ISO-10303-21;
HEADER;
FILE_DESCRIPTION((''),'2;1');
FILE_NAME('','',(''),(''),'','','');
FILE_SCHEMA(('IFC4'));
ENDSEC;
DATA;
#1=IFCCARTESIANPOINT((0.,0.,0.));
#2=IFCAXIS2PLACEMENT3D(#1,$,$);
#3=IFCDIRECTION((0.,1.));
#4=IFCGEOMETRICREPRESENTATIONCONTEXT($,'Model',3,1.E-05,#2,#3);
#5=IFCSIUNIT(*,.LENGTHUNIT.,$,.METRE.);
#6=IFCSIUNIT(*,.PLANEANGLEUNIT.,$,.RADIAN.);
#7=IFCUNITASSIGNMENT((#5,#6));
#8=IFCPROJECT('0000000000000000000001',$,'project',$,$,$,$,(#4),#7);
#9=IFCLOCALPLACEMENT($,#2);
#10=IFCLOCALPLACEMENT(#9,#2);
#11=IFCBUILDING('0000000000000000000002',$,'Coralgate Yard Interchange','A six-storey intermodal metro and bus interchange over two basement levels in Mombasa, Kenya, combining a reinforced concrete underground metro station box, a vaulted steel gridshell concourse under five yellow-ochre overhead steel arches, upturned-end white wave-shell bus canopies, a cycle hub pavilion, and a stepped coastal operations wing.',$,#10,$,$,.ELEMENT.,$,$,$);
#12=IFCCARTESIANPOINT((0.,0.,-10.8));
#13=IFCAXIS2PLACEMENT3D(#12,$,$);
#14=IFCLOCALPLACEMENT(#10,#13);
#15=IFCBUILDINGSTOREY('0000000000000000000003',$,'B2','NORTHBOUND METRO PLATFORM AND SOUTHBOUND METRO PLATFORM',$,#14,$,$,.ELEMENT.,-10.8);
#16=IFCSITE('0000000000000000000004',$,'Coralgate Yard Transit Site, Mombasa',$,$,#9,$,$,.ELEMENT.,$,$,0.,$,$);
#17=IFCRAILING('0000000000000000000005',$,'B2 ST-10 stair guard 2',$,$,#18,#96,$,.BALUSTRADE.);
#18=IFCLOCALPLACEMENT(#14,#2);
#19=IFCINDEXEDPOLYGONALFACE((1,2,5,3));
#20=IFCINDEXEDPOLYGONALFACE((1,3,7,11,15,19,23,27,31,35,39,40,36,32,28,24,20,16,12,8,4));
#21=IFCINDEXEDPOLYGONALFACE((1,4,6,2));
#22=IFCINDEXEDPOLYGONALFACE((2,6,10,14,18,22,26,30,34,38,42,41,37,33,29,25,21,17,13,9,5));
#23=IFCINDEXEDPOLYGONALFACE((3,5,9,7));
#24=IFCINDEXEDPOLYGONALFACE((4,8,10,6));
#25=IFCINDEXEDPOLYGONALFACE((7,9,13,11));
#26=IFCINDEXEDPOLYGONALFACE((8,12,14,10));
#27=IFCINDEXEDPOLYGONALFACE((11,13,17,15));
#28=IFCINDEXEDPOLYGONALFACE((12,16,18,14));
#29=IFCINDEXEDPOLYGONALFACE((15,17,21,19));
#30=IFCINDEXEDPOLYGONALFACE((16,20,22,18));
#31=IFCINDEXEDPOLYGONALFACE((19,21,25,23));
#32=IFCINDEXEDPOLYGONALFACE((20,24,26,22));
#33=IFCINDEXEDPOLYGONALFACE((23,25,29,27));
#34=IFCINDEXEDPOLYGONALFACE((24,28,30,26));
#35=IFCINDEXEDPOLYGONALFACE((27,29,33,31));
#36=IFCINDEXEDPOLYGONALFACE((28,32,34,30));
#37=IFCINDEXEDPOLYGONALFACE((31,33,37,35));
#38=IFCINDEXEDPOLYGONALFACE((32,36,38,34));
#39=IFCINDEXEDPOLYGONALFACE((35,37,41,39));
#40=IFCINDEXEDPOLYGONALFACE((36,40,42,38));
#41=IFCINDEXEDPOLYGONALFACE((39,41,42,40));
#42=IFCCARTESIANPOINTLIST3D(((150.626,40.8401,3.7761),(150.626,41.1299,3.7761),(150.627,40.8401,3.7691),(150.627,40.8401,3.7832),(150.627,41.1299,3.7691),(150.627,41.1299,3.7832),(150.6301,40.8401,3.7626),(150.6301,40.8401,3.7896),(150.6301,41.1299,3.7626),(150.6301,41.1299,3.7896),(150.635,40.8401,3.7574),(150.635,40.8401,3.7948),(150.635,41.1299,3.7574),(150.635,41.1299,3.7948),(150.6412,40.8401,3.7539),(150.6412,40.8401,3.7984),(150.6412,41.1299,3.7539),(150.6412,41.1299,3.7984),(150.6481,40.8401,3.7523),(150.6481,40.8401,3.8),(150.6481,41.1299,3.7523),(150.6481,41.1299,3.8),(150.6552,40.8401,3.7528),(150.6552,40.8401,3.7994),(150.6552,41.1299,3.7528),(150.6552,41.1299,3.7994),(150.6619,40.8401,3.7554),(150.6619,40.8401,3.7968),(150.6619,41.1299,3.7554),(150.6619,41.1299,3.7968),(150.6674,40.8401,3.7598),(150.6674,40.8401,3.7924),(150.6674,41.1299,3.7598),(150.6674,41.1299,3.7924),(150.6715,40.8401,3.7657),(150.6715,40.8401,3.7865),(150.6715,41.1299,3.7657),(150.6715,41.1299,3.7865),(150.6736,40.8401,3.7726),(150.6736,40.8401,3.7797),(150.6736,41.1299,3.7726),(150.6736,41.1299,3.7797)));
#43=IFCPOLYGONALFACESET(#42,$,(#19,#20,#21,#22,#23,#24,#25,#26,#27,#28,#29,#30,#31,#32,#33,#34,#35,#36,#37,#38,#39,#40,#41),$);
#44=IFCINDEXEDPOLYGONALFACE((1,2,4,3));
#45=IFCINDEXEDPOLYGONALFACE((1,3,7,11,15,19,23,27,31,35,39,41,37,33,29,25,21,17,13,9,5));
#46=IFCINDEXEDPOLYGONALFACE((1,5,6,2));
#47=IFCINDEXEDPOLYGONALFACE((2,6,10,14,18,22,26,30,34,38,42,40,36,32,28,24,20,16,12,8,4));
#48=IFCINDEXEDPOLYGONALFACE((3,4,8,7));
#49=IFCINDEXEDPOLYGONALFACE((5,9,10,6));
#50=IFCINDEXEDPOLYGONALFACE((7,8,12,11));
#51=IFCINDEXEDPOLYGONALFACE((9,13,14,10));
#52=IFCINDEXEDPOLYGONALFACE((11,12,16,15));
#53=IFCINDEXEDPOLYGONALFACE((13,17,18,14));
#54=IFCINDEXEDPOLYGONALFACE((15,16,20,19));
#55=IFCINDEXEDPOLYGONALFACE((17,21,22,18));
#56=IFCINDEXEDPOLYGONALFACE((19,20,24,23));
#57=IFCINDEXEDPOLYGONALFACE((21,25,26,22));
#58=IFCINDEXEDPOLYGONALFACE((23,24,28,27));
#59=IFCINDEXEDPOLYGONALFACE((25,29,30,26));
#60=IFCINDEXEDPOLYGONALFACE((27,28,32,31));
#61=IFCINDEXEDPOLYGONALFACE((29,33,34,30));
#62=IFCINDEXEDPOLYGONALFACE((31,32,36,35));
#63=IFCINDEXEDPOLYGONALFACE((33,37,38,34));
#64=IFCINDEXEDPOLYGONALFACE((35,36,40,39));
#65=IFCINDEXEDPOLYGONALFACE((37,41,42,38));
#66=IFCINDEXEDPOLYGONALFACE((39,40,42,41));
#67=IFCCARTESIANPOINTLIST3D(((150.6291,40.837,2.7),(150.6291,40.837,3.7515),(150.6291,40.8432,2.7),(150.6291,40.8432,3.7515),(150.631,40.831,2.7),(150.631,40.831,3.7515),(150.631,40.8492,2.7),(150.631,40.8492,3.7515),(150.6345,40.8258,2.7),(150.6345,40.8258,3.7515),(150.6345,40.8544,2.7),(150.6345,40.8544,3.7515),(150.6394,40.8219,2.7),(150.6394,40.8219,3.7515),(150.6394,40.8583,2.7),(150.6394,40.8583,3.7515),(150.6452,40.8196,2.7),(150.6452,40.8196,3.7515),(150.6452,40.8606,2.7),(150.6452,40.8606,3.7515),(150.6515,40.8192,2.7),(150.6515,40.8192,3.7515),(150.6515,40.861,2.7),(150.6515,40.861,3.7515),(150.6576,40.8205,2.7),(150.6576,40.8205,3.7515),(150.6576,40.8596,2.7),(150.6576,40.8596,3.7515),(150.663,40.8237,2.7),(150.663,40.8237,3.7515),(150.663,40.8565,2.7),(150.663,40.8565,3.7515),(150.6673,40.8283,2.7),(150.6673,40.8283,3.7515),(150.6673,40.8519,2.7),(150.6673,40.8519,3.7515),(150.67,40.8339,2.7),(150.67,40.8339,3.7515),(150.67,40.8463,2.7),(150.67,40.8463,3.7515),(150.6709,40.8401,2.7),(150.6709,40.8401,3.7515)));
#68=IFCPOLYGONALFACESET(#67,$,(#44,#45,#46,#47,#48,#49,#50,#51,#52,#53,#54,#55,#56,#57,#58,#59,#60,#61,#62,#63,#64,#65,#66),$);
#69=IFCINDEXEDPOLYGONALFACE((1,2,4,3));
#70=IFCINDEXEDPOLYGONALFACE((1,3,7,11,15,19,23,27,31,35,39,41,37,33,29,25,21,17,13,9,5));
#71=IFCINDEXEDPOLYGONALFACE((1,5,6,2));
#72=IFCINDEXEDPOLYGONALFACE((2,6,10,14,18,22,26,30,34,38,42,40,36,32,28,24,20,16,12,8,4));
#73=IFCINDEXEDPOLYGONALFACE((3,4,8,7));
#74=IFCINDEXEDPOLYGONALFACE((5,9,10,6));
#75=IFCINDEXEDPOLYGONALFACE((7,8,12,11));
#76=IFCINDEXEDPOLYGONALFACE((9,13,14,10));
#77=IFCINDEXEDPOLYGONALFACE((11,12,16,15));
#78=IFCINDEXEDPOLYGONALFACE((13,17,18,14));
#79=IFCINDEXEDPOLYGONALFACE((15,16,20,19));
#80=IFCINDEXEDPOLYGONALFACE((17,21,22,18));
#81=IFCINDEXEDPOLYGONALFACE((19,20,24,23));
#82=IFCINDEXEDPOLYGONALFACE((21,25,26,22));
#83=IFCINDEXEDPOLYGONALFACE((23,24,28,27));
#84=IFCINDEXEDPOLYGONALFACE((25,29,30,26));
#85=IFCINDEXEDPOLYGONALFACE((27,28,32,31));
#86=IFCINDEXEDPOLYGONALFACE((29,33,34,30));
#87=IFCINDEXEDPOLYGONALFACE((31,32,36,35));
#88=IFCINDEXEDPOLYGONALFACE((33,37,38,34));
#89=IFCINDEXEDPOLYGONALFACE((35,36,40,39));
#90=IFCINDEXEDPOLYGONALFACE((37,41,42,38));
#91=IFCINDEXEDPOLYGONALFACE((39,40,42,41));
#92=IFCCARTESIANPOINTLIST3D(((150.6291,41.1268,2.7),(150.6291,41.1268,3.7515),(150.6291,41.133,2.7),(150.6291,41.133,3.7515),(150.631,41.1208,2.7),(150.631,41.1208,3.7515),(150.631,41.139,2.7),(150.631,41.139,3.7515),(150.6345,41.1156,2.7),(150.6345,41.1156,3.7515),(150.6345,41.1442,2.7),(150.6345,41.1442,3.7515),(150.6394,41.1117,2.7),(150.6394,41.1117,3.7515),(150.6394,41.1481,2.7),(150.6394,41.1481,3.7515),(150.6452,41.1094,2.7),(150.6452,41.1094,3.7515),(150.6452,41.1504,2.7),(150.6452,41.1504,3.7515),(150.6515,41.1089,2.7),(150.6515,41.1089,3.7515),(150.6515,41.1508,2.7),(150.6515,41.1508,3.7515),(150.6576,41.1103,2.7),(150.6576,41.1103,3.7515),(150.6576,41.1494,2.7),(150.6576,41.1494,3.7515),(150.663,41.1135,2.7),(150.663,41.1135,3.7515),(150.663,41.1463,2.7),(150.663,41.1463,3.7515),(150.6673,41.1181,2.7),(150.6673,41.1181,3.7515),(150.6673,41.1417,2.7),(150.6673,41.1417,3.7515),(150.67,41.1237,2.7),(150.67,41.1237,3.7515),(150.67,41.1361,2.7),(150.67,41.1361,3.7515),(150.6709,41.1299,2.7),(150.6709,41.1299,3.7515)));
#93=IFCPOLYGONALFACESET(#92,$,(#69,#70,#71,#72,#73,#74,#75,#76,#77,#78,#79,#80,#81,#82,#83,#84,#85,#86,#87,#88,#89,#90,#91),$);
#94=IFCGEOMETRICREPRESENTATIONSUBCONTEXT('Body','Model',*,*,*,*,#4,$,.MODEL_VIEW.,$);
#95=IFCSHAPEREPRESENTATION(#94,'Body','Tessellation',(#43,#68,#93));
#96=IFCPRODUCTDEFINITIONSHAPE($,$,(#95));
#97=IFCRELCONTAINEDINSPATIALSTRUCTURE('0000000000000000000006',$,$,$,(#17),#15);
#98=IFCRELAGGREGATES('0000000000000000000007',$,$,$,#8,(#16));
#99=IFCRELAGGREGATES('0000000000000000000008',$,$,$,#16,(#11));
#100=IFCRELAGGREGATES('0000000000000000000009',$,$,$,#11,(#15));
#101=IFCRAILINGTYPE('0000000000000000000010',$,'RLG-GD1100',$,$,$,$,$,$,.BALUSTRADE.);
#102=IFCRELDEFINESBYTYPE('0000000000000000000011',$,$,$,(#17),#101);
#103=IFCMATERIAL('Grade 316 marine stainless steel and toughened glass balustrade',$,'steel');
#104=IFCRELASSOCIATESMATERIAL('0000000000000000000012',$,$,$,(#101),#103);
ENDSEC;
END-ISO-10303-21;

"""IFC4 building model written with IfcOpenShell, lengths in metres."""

from ifc_helpers import new_model, si_unit, direction, frame, origin, origin_2d, place, context, subcontext, project, spatial, circle, extrude, material, type_object, element, save


model = new_model("IFC4")

# Units and contexts
model_context = context("Model", 3, precision=1e-05, world=origin(), true_north=direction((0.0, 1.0)))
body_context = subcontext(model_context, "Body", "Model", "MODEL_VIEW")
ifc_project = project(units=[si_unit("LENGTHUNIT", "METRE"), si_unit("PLANEANGLEUNIT", "RADIAN")], contexts=[model_context])

# Site, building, storey
site_placement = place(None, origin())
site = spatial("IfcSite", under=ifc_project, at=site_placement, Name="Coralgate Yard Transit Site, Mombasa", CompositionType="ELEMENT", RefElevation=0.0)
building_placement = place(site_placement, origin())
building = spatial("IfcBuilding", under=site, at=building_placement, Name="Coralgate Yard Interchange", Description="A six-storey intermodal metro and bus interchange over two basement levels in Mombasa, Kenya, combining a reinforced concrete underground metro station box, a vaulted steel gridshell concourse under five yellow-ochre overhead steel arches, upturned-end white wave-shell bus canopies, a cycle hub pavilion, and a stepped coastal operations wing.", CompositionType="ELEMENT")
storey_placement = place(building_placement, frame((0.0, 0.0, -10.8)))
storey = spatial("IfcBuildingStorey", under=building, at=storey_placement, Name="B2", Description="NORTHBOUND METRO PLATFORM AND SOUTHBOUND METRO PLATFORM", CompositionType="ELEMENT", Elevation=-10.8)

# Railing
ifc_material_1 = material(Name="Grade 316 marine stainless steel and toughened glass balustrade", Category="steel")
railing_type_1 = type_object("IfcRailingType", Name="RLG-GD1100", PredefinedType="BALUSTRADE", material=ifc_material_1)
railing_1_placement = place(storey_placement, frame((150.6499, 40.8401, 2.7)))
element("IfcRailing", 1, at=railing_1_placement, inside=storey, type_object=railing_type_1, Name="B2 ST-10 stair guard 2", PredefinedType="BALUSTRADE", context=body_context, shape_type="SweptSolid", body=[
    extrude(circle(Radius=0.0239, at=origin_2d()), frame((0.0, 0.0, 1.0762), z_axis=(0.0, 1.0, 0.0), x_axis=(-1.0, 0.0, 0.0)), (0.0, 0.0, 1.0), 0.2898),
    extrude(circle(Radius=0.021, at=origin_2d()), origin(), (0.0, 0.0, 1.0), 1.0515),
    extrude(circle(Radius=0.021, at=origin_2d()), frame((0.0, 0.2898, 0.0)), (0.0, 0.0, 1.0), 1.0515),
])

save(model, "model.ifc")
